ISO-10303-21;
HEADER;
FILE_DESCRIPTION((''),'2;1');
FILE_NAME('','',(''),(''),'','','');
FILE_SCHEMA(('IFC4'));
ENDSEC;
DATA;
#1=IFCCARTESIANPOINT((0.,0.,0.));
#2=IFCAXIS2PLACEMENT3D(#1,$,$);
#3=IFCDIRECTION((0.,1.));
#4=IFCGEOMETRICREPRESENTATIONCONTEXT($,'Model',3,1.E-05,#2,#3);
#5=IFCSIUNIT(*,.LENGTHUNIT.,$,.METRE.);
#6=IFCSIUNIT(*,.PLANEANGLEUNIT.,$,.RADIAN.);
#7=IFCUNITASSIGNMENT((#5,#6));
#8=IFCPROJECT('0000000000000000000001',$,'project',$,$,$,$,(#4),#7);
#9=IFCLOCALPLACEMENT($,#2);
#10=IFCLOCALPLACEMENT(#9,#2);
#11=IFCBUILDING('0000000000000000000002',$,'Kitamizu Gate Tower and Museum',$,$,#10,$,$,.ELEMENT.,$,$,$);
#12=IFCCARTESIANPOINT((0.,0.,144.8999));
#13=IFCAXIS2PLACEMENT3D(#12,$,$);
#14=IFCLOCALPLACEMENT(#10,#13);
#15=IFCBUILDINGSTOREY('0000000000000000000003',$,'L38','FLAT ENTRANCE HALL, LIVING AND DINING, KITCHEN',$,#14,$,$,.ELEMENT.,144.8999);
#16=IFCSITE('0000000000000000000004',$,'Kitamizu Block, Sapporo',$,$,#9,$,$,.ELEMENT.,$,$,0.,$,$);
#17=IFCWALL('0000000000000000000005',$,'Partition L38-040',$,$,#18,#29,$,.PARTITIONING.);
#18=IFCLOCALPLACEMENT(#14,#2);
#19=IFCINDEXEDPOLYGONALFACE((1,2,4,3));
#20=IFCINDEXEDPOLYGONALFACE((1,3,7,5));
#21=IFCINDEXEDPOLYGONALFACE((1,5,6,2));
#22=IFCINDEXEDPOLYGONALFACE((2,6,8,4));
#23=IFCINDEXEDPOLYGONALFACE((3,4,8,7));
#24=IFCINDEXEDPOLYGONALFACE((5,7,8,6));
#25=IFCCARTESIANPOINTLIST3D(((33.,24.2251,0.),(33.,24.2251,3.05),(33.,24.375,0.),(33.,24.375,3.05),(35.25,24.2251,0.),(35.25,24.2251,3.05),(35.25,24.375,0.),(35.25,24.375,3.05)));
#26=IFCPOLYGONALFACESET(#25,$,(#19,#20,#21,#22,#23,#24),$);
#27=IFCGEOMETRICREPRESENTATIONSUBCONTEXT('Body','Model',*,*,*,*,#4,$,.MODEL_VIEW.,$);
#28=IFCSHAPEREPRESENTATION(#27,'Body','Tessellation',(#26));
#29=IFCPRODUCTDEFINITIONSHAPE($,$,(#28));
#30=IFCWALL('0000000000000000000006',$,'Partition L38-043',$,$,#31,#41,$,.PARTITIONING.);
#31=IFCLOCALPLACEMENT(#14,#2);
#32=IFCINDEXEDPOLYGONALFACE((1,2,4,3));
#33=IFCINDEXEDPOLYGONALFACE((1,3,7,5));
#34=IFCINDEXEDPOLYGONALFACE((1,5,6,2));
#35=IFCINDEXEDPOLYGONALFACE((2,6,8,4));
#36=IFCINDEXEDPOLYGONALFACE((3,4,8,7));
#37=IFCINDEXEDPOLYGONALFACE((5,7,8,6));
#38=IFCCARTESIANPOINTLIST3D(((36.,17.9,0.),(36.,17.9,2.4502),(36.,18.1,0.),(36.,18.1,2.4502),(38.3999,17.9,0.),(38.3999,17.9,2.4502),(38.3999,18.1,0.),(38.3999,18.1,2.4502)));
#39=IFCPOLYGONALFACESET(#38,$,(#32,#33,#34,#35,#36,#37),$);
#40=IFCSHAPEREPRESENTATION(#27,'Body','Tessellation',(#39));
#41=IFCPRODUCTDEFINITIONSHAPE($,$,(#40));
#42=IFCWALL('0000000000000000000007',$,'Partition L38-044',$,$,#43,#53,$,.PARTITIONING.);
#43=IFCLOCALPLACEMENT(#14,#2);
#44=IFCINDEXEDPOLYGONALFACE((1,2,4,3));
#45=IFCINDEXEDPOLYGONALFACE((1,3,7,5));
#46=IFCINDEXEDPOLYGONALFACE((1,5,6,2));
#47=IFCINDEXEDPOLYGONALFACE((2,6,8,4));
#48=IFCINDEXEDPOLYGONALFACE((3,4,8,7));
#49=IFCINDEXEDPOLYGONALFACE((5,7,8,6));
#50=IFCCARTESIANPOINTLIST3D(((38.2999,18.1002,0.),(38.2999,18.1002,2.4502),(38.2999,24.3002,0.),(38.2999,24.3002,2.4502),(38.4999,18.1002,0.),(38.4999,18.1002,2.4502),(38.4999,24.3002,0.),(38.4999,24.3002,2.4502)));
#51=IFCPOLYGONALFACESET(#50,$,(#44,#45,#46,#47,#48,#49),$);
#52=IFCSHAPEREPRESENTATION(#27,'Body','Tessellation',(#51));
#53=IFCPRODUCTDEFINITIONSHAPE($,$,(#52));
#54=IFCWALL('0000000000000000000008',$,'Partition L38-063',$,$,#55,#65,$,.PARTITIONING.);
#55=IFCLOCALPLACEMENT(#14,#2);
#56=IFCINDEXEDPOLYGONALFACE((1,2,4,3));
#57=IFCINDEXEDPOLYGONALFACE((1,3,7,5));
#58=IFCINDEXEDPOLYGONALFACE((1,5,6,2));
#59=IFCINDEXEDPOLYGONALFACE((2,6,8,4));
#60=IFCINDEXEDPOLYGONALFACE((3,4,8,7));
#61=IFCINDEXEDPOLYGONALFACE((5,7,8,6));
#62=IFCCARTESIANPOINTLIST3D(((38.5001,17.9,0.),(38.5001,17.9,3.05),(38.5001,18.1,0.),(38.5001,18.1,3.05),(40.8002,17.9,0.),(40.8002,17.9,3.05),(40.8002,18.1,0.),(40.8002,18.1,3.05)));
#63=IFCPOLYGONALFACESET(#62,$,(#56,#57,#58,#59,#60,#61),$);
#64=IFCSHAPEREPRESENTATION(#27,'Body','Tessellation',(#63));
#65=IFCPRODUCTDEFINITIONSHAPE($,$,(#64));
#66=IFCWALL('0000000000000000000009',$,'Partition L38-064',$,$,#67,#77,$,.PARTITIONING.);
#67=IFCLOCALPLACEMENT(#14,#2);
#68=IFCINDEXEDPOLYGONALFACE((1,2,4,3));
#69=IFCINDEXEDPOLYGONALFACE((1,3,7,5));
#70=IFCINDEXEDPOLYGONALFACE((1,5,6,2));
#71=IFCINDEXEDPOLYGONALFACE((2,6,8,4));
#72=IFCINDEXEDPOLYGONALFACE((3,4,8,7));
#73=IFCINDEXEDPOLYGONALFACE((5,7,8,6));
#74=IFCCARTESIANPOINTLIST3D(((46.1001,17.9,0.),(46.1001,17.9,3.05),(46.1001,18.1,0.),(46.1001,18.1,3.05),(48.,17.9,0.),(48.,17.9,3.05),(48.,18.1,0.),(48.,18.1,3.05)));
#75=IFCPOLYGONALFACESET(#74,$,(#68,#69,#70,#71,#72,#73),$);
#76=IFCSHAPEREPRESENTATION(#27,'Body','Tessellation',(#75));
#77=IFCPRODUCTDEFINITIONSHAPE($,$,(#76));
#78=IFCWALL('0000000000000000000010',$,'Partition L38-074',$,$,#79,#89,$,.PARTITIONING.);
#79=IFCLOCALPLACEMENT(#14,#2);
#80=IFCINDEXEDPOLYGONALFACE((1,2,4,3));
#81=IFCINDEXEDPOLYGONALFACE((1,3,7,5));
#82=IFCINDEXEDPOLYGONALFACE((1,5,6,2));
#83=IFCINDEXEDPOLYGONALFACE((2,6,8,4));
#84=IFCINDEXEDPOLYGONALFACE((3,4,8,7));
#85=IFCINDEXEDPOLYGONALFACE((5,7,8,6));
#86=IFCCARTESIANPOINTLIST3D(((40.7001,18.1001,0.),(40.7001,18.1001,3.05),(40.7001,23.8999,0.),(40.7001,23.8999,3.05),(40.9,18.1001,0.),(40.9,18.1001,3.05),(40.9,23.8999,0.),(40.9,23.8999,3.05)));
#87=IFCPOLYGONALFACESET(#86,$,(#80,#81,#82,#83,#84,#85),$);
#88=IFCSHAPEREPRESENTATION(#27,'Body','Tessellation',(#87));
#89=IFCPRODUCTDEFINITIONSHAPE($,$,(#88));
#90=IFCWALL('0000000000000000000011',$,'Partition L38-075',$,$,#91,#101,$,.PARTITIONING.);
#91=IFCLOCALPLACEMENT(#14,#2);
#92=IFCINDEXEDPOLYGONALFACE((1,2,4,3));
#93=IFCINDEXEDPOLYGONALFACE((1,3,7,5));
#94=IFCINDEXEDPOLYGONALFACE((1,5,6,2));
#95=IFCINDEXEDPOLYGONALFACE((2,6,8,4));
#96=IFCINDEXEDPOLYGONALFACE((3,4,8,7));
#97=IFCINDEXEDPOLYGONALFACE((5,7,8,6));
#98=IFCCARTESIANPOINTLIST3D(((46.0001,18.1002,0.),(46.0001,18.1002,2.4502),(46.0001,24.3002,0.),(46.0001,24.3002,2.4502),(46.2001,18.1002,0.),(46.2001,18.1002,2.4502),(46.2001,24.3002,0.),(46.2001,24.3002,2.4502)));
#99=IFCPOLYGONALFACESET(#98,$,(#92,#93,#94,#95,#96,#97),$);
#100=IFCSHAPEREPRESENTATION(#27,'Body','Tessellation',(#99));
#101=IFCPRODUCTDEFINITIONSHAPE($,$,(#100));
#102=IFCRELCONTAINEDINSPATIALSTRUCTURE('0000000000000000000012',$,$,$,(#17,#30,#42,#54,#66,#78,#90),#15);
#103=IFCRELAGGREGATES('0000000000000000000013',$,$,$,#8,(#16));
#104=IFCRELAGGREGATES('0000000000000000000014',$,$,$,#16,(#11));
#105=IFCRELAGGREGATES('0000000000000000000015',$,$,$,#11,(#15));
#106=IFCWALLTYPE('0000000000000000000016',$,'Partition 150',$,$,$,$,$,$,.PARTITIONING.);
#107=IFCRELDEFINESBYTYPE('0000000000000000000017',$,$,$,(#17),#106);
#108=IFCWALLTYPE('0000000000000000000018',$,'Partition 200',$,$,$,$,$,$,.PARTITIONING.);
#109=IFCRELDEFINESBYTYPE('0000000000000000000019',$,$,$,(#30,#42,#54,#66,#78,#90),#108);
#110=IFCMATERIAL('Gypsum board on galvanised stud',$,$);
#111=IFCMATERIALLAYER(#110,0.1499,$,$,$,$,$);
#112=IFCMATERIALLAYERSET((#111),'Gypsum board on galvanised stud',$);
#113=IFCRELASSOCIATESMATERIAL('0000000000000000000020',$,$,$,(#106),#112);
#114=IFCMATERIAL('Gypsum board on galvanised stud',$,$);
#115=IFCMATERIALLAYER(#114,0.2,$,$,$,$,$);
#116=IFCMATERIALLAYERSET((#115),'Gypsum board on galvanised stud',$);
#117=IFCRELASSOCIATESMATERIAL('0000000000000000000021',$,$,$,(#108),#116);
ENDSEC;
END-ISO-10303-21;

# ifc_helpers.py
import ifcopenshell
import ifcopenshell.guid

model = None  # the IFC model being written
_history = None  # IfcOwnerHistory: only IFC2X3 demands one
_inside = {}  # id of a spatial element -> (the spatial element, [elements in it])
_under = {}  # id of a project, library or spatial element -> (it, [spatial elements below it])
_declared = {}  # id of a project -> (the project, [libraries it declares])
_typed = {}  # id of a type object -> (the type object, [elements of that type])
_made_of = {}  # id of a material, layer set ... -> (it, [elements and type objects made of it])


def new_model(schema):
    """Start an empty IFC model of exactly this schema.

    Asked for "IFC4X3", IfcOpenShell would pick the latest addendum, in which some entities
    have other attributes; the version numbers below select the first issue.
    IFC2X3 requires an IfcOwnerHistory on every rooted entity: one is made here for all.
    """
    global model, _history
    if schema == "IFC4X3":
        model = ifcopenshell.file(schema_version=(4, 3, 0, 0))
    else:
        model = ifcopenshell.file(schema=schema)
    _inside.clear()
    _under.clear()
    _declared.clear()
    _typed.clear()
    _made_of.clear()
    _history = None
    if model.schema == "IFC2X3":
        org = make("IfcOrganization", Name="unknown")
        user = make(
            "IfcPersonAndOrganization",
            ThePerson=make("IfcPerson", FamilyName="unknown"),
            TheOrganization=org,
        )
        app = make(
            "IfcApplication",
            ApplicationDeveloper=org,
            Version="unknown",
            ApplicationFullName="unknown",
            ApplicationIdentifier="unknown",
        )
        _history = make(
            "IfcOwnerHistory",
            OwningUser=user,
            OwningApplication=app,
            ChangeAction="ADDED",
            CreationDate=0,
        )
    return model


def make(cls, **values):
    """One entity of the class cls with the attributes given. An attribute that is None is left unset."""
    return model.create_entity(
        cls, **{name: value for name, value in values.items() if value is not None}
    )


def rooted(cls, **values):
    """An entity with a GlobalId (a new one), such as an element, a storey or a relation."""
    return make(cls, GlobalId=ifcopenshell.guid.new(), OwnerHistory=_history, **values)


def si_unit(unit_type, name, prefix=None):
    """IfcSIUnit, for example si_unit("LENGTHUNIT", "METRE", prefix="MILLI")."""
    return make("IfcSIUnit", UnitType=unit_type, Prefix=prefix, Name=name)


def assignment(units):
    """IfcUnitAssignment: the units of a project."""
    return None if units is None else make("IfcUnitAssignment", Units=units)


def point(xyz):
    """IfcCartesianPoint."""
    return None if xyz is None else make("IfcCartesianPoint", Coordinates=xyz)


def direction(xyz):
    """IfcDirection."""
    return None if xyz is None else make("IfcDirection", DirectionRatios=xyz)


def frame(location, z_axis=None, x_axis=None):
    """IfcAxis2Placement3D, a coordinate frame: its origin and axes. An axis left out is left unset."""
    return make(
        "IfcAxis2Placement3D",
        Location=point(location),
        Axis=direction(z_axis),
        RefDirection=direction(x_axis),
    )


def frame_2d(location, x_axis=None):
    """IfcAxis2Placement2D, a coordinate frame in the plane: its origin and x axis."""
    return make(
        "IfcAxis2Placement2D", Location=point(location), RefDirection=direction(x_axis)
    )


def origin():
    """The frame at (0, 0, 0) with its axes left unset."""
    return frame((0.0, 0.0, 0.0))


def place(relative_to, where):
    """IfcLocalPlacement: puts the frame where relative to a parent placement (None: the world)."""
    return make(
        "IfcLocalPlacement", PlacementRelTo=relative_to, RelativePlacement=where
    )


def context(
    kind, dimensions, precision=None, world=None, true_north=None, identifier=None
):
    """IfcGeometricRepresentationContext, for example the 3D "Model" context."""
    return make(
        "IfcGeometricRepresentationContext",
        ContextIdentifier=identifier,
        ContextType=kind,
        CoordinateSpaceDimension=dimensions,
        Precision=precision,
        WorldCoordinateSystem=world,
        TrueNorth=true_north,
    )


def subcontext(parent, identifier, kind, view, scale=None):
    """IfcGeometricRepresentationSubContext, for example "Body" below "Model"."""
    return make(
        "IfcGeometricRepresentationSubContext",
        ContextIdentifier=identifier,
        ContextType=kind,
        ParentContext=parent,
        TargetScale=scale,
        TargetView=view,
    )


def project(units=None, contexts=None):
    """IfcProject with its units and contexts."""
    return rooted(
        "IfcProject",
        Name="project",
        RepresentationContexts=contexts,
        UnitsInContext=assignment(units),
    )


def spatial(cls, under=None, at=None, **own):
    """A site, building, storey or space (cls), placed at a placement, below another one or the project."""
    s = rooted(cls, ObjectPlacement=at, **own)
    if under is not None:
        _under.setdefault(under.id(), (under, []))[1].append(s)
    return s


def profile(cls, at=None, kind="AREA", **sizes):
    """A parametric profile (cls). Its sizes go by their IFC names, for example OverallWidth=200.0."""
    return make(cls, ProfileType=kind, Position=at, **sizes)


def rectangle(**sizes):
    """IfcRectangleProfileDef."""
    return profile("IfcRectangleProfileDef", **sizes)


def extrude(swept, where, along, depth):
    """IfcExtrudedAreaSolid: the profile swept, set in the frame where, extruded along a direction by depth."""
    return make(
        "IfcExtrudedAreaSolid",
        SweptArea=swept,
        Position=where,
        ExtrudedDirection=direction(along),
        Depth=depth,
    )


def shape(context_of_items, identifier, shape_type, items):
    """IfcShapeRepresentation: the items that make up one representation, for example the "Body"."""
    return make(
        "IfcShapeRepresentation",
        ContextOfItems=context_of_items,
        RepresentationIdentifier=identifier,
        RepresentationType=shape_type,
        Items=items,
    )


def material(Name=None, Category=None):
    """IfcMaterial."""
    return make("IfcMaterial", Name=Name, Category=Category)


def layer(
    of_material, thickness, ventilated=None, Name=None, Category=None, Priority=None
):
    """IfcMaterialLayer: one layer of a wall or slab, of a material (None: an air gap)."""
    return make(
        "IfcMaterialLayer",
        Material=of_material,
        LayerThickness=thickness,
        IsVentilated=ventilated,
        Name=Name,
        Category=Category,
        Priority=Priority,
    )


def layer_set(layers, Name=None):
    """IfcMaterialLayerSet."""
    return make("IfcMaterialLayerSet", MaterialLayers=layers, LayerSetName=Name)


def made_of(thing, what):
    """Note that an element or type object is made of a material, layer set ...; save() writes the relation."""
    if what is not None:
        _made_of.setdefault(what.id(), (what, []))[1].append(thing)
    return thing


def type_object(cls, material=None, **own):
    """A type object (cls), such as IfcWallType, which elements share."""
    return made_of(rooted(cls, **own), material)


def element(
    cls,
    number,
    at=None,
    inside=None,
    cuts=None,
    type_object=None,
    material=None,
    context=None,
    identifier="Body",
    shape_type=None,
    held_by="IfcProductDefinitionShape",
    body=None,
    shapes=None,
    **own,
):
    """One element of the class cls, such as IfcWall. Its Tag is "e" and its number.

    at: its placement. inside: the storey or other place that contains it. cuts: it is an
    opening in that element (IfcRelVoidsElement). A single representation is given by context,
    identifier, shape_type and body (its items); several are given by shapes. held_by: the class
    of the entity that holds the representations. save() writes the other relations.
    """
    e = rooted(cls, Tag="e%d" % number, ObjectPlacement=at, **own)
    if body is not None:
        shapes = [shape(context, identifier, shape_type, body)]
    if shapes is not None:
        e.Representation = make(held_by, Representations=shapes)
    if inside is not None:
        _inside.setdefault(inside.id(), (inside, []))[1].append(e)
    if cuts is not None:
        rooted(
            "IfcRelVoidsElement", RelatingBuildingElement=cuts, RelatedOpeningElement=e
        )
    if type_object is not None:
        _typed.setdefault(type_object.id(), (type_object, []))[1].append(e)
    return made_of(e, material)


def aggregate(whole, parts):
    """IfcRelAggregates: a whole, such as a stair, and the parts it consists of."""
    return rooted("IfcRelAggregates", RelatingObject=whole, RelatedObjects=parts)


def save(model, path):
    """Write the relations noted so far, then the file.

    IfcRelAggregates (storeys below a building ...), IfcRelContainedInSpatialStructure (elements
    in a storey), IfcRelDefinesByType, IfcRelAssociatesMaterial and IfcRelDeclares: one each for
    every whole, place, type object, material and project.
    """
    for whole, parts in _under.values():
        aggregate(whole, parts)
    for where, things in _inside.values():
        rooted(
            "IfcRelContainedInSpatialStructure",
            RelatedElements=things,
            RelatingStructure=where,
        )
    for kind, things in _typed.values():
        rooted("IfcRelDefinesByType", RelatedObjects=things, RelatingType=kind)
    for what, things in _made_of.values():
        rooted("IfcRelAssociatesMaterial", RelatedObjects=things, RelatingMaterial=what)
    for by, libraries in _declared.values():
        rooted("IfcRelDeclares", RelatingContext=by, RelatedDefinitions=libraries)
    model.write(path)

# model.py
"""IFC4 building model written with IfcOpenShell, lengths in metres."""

from ifc_helpers import new_model, si_unit, direction, frame, frame_2d, origin, place, context, subcontext, project, spatial, rectangle, extrude, material, layer, layer_set, type_object, element, save


model = new_model("IFC4")

# Units and contexts
model_context = context("Model", 3, precision=1e-05, world=origin(), true_north=direction((0.0, 1.0)))
body_context = subcontext(model_context, "Body", "Model", "MODEL_VIEW")
ifc_project = project(units=[si_unit("LENGTHUNIT", "METRE"), si_unit("PLANEANGLEUNIT", "RADIAN")], contexts=[model_context])

# Site, building, storey
site_placement = place(None, origin())
site = spatial("IfcSite", under=ifc_project, at=site_placement, Name="Kitamizu Block, Sapporo", CompositionType="ELEMENT", RefElevation=0.0)
building_placement = place(site_placement, origin())
building = spatial("IfcBuilding", under=site, at=building_placement, Name="Kitamizu Gate Tower and Museum", CompositionType="ELEMENT")
storey_placement = place(building_placement, frame((0.0, 0.0, 144.8999)))
storey = spatial("IfcBuildingStorey", under=building, at=storey_placement, Name="L38", Description="FLAT ENTRANCE HALL, LIVING AND DINING, KITCHEN", CompositionType="ELEMENT", Elevation=144.8999)

# Walls
ifc_material_1 = material(Name="Gypsum board on galvanised stud")
ifc_layer_1 = layer(ifc_material_1, 0.1499)
ifc_layer_set_1 = layer_set([ifc_layer_1], Name="Gypsum board on galvanised stud")
wall_type_1 = type_object("IfcWallType", Name="Partition 150", PredefinedType="PARTITIONING", material=ifc_layer_set_1)
wall_1_placement = place(storey_placement, frame((35.25, 24.3, 0.0), z_axis=(0.0, 0.0, 1.0), x_axis=(-1.0, 0.0, 0.0)))
element("IfcWall", 1, at=wall_1_placement, inside=storey, type_object=wall_type_1, Name="Partition L38-040", PredefinedType="PARTITIONING", context=body_context, shape_type="SweptSolid", body=[
    extrude(rectangle(XDim=2.25, YDim=0.1499, at=frame_2d((1.125, 0.0))), origin(), (0.0, 0.0, 1.0), 3.05),
])
ifc_material_2 = material(Name="Gypsum board on galvanised stud")
ifc_layer_2 = layer(ifc_material_2, 0.2)
ifc_layer_set_2 = layer_set([ifc_layer_2], Name="Gypsum board on galvanised stud")
wall_type_2 = type_object("IfcWallType", Name="Partition 200", PredefinedType="PARTITIONING", material=ifc_layer_set_2)
wall_2_placement = place(storey_placement, frame((36.0, 18.0, 0.0), z_axis=(0.0, 0.0, 1.0), x_axis=(1.0, 0.0, 0.0)))
element("IfcWall", 2, at=wall_2_placement, inside=storey, type_object=wall_type_2, Name="Partition L38-043", PredefinedType="PARTITIONING", context=body_context, shape_type="SweptSolid", body=[
    extrude(rectangle(XDim=2.3999, YDim=0.2, at=frame_2d((1.2, 0.0))), origin(), (0.0, 0.0, 1.0), 2.4502),
])
wall_3_placement = place(storey_placement, frame((38.3999, 18.1001, 0.0), z_axis=(0.0, 0.0, 1.0), x_axis=(0.0, 1.0, 0.0)))
element("IfcWall", 3, at=wall_3_placement, inside=storey, type_object=wall_type_2, Name="Partition L38-044", PredefinedType="PARTITIONING", context=body_context, shape_type="SweptSolid", body=[
    extrude(rectangle(XDim=6.2, YDim=0.2, at=frame_2d((3.1001, 0.0))), origin(), (0.0, 0.0, 1.0), 2.4502),
])
wall_4_placement = place(storey_placement, frame((40.8, 18.0, 0.0), z_axis=(0.0, 0.0, 1.0), x_axis=(-1.0, 0.0, 0.0)))
element("IfcWall", 4, at=wall_4_placement, inside=storey, type_object=wall_type_2, Name="Partition L38-063", PredefinedType="PARTITIONING", context=body_context, shape_type="SweptSolid", body=[
    extrude(rectangle(XDim=2.3, YDim=0.2, at=frame_2d((1.1499, 0.0))), origin(), (0.0, 0.0, 1.0), 3.05),
])
wall_5_placement = place(storey_placement, frame((48.0, 18.0, 0.0), z_axis=(0.0, 0.0, 1.0), x_axis=(-1.0, 0.0, 0.0)))
element("IfcWall", 5, at=wall_5_placement, inside=storey, type_object=wall_type_2, Name="Partition L38-064", PredefinedType="PARTITIONING", context=body_context, shape_type="SweptSolid", body=[
    extrude(rectangle(XDim=1.8999, YDim=0.2, at=frame_2d((0.95, 0.0))), origin(), (0.0, 0.0, 1.0), 3.05),
])
wall_6_placement = place(storey_placement, frame((40.8, 23.8999, 0.0), z_axis=(0.0, 0.0, 1.0), x_axis=(0.0, -1.0, 0.0)))
element("IfcWall", 6, at=wall_6_placement, inside=storey, type_object=wall_type_2, Name="Partition L38-074", PredefinedType="PARTITIONING", context=body_context, shape_type="SweptSolid", body=[
    extrude(rectangle(XDim=5.7998, YDim=0.2, at=frame_2d((2.8999, 0.0))), origin(), (0.0, 0.0, 1.0), 3.05),
])
wall_7_placement = place(storey_placement, frame((46.1001, 18.1001, 0.0), z_axis=(0.0, 0.0, 1.0), x_axis=(0.0, 1.0, 0.0)))
element("IfcWall", 7, at=wall_7_placement, inside=storey, type_object=wall_type_2, Name="Partition L38-075", PredefinedType="PARTITIONING", context=body_context, shape_type="SweptSolid", body=[
    extrude(rectangle(XDim=6.2, YDim=0.2, at=frame_2d((3.1001, 0.0))), origin(), (0.0, 0.0, 1.0), 2.4502),
])

save(model, "model.ifc")
